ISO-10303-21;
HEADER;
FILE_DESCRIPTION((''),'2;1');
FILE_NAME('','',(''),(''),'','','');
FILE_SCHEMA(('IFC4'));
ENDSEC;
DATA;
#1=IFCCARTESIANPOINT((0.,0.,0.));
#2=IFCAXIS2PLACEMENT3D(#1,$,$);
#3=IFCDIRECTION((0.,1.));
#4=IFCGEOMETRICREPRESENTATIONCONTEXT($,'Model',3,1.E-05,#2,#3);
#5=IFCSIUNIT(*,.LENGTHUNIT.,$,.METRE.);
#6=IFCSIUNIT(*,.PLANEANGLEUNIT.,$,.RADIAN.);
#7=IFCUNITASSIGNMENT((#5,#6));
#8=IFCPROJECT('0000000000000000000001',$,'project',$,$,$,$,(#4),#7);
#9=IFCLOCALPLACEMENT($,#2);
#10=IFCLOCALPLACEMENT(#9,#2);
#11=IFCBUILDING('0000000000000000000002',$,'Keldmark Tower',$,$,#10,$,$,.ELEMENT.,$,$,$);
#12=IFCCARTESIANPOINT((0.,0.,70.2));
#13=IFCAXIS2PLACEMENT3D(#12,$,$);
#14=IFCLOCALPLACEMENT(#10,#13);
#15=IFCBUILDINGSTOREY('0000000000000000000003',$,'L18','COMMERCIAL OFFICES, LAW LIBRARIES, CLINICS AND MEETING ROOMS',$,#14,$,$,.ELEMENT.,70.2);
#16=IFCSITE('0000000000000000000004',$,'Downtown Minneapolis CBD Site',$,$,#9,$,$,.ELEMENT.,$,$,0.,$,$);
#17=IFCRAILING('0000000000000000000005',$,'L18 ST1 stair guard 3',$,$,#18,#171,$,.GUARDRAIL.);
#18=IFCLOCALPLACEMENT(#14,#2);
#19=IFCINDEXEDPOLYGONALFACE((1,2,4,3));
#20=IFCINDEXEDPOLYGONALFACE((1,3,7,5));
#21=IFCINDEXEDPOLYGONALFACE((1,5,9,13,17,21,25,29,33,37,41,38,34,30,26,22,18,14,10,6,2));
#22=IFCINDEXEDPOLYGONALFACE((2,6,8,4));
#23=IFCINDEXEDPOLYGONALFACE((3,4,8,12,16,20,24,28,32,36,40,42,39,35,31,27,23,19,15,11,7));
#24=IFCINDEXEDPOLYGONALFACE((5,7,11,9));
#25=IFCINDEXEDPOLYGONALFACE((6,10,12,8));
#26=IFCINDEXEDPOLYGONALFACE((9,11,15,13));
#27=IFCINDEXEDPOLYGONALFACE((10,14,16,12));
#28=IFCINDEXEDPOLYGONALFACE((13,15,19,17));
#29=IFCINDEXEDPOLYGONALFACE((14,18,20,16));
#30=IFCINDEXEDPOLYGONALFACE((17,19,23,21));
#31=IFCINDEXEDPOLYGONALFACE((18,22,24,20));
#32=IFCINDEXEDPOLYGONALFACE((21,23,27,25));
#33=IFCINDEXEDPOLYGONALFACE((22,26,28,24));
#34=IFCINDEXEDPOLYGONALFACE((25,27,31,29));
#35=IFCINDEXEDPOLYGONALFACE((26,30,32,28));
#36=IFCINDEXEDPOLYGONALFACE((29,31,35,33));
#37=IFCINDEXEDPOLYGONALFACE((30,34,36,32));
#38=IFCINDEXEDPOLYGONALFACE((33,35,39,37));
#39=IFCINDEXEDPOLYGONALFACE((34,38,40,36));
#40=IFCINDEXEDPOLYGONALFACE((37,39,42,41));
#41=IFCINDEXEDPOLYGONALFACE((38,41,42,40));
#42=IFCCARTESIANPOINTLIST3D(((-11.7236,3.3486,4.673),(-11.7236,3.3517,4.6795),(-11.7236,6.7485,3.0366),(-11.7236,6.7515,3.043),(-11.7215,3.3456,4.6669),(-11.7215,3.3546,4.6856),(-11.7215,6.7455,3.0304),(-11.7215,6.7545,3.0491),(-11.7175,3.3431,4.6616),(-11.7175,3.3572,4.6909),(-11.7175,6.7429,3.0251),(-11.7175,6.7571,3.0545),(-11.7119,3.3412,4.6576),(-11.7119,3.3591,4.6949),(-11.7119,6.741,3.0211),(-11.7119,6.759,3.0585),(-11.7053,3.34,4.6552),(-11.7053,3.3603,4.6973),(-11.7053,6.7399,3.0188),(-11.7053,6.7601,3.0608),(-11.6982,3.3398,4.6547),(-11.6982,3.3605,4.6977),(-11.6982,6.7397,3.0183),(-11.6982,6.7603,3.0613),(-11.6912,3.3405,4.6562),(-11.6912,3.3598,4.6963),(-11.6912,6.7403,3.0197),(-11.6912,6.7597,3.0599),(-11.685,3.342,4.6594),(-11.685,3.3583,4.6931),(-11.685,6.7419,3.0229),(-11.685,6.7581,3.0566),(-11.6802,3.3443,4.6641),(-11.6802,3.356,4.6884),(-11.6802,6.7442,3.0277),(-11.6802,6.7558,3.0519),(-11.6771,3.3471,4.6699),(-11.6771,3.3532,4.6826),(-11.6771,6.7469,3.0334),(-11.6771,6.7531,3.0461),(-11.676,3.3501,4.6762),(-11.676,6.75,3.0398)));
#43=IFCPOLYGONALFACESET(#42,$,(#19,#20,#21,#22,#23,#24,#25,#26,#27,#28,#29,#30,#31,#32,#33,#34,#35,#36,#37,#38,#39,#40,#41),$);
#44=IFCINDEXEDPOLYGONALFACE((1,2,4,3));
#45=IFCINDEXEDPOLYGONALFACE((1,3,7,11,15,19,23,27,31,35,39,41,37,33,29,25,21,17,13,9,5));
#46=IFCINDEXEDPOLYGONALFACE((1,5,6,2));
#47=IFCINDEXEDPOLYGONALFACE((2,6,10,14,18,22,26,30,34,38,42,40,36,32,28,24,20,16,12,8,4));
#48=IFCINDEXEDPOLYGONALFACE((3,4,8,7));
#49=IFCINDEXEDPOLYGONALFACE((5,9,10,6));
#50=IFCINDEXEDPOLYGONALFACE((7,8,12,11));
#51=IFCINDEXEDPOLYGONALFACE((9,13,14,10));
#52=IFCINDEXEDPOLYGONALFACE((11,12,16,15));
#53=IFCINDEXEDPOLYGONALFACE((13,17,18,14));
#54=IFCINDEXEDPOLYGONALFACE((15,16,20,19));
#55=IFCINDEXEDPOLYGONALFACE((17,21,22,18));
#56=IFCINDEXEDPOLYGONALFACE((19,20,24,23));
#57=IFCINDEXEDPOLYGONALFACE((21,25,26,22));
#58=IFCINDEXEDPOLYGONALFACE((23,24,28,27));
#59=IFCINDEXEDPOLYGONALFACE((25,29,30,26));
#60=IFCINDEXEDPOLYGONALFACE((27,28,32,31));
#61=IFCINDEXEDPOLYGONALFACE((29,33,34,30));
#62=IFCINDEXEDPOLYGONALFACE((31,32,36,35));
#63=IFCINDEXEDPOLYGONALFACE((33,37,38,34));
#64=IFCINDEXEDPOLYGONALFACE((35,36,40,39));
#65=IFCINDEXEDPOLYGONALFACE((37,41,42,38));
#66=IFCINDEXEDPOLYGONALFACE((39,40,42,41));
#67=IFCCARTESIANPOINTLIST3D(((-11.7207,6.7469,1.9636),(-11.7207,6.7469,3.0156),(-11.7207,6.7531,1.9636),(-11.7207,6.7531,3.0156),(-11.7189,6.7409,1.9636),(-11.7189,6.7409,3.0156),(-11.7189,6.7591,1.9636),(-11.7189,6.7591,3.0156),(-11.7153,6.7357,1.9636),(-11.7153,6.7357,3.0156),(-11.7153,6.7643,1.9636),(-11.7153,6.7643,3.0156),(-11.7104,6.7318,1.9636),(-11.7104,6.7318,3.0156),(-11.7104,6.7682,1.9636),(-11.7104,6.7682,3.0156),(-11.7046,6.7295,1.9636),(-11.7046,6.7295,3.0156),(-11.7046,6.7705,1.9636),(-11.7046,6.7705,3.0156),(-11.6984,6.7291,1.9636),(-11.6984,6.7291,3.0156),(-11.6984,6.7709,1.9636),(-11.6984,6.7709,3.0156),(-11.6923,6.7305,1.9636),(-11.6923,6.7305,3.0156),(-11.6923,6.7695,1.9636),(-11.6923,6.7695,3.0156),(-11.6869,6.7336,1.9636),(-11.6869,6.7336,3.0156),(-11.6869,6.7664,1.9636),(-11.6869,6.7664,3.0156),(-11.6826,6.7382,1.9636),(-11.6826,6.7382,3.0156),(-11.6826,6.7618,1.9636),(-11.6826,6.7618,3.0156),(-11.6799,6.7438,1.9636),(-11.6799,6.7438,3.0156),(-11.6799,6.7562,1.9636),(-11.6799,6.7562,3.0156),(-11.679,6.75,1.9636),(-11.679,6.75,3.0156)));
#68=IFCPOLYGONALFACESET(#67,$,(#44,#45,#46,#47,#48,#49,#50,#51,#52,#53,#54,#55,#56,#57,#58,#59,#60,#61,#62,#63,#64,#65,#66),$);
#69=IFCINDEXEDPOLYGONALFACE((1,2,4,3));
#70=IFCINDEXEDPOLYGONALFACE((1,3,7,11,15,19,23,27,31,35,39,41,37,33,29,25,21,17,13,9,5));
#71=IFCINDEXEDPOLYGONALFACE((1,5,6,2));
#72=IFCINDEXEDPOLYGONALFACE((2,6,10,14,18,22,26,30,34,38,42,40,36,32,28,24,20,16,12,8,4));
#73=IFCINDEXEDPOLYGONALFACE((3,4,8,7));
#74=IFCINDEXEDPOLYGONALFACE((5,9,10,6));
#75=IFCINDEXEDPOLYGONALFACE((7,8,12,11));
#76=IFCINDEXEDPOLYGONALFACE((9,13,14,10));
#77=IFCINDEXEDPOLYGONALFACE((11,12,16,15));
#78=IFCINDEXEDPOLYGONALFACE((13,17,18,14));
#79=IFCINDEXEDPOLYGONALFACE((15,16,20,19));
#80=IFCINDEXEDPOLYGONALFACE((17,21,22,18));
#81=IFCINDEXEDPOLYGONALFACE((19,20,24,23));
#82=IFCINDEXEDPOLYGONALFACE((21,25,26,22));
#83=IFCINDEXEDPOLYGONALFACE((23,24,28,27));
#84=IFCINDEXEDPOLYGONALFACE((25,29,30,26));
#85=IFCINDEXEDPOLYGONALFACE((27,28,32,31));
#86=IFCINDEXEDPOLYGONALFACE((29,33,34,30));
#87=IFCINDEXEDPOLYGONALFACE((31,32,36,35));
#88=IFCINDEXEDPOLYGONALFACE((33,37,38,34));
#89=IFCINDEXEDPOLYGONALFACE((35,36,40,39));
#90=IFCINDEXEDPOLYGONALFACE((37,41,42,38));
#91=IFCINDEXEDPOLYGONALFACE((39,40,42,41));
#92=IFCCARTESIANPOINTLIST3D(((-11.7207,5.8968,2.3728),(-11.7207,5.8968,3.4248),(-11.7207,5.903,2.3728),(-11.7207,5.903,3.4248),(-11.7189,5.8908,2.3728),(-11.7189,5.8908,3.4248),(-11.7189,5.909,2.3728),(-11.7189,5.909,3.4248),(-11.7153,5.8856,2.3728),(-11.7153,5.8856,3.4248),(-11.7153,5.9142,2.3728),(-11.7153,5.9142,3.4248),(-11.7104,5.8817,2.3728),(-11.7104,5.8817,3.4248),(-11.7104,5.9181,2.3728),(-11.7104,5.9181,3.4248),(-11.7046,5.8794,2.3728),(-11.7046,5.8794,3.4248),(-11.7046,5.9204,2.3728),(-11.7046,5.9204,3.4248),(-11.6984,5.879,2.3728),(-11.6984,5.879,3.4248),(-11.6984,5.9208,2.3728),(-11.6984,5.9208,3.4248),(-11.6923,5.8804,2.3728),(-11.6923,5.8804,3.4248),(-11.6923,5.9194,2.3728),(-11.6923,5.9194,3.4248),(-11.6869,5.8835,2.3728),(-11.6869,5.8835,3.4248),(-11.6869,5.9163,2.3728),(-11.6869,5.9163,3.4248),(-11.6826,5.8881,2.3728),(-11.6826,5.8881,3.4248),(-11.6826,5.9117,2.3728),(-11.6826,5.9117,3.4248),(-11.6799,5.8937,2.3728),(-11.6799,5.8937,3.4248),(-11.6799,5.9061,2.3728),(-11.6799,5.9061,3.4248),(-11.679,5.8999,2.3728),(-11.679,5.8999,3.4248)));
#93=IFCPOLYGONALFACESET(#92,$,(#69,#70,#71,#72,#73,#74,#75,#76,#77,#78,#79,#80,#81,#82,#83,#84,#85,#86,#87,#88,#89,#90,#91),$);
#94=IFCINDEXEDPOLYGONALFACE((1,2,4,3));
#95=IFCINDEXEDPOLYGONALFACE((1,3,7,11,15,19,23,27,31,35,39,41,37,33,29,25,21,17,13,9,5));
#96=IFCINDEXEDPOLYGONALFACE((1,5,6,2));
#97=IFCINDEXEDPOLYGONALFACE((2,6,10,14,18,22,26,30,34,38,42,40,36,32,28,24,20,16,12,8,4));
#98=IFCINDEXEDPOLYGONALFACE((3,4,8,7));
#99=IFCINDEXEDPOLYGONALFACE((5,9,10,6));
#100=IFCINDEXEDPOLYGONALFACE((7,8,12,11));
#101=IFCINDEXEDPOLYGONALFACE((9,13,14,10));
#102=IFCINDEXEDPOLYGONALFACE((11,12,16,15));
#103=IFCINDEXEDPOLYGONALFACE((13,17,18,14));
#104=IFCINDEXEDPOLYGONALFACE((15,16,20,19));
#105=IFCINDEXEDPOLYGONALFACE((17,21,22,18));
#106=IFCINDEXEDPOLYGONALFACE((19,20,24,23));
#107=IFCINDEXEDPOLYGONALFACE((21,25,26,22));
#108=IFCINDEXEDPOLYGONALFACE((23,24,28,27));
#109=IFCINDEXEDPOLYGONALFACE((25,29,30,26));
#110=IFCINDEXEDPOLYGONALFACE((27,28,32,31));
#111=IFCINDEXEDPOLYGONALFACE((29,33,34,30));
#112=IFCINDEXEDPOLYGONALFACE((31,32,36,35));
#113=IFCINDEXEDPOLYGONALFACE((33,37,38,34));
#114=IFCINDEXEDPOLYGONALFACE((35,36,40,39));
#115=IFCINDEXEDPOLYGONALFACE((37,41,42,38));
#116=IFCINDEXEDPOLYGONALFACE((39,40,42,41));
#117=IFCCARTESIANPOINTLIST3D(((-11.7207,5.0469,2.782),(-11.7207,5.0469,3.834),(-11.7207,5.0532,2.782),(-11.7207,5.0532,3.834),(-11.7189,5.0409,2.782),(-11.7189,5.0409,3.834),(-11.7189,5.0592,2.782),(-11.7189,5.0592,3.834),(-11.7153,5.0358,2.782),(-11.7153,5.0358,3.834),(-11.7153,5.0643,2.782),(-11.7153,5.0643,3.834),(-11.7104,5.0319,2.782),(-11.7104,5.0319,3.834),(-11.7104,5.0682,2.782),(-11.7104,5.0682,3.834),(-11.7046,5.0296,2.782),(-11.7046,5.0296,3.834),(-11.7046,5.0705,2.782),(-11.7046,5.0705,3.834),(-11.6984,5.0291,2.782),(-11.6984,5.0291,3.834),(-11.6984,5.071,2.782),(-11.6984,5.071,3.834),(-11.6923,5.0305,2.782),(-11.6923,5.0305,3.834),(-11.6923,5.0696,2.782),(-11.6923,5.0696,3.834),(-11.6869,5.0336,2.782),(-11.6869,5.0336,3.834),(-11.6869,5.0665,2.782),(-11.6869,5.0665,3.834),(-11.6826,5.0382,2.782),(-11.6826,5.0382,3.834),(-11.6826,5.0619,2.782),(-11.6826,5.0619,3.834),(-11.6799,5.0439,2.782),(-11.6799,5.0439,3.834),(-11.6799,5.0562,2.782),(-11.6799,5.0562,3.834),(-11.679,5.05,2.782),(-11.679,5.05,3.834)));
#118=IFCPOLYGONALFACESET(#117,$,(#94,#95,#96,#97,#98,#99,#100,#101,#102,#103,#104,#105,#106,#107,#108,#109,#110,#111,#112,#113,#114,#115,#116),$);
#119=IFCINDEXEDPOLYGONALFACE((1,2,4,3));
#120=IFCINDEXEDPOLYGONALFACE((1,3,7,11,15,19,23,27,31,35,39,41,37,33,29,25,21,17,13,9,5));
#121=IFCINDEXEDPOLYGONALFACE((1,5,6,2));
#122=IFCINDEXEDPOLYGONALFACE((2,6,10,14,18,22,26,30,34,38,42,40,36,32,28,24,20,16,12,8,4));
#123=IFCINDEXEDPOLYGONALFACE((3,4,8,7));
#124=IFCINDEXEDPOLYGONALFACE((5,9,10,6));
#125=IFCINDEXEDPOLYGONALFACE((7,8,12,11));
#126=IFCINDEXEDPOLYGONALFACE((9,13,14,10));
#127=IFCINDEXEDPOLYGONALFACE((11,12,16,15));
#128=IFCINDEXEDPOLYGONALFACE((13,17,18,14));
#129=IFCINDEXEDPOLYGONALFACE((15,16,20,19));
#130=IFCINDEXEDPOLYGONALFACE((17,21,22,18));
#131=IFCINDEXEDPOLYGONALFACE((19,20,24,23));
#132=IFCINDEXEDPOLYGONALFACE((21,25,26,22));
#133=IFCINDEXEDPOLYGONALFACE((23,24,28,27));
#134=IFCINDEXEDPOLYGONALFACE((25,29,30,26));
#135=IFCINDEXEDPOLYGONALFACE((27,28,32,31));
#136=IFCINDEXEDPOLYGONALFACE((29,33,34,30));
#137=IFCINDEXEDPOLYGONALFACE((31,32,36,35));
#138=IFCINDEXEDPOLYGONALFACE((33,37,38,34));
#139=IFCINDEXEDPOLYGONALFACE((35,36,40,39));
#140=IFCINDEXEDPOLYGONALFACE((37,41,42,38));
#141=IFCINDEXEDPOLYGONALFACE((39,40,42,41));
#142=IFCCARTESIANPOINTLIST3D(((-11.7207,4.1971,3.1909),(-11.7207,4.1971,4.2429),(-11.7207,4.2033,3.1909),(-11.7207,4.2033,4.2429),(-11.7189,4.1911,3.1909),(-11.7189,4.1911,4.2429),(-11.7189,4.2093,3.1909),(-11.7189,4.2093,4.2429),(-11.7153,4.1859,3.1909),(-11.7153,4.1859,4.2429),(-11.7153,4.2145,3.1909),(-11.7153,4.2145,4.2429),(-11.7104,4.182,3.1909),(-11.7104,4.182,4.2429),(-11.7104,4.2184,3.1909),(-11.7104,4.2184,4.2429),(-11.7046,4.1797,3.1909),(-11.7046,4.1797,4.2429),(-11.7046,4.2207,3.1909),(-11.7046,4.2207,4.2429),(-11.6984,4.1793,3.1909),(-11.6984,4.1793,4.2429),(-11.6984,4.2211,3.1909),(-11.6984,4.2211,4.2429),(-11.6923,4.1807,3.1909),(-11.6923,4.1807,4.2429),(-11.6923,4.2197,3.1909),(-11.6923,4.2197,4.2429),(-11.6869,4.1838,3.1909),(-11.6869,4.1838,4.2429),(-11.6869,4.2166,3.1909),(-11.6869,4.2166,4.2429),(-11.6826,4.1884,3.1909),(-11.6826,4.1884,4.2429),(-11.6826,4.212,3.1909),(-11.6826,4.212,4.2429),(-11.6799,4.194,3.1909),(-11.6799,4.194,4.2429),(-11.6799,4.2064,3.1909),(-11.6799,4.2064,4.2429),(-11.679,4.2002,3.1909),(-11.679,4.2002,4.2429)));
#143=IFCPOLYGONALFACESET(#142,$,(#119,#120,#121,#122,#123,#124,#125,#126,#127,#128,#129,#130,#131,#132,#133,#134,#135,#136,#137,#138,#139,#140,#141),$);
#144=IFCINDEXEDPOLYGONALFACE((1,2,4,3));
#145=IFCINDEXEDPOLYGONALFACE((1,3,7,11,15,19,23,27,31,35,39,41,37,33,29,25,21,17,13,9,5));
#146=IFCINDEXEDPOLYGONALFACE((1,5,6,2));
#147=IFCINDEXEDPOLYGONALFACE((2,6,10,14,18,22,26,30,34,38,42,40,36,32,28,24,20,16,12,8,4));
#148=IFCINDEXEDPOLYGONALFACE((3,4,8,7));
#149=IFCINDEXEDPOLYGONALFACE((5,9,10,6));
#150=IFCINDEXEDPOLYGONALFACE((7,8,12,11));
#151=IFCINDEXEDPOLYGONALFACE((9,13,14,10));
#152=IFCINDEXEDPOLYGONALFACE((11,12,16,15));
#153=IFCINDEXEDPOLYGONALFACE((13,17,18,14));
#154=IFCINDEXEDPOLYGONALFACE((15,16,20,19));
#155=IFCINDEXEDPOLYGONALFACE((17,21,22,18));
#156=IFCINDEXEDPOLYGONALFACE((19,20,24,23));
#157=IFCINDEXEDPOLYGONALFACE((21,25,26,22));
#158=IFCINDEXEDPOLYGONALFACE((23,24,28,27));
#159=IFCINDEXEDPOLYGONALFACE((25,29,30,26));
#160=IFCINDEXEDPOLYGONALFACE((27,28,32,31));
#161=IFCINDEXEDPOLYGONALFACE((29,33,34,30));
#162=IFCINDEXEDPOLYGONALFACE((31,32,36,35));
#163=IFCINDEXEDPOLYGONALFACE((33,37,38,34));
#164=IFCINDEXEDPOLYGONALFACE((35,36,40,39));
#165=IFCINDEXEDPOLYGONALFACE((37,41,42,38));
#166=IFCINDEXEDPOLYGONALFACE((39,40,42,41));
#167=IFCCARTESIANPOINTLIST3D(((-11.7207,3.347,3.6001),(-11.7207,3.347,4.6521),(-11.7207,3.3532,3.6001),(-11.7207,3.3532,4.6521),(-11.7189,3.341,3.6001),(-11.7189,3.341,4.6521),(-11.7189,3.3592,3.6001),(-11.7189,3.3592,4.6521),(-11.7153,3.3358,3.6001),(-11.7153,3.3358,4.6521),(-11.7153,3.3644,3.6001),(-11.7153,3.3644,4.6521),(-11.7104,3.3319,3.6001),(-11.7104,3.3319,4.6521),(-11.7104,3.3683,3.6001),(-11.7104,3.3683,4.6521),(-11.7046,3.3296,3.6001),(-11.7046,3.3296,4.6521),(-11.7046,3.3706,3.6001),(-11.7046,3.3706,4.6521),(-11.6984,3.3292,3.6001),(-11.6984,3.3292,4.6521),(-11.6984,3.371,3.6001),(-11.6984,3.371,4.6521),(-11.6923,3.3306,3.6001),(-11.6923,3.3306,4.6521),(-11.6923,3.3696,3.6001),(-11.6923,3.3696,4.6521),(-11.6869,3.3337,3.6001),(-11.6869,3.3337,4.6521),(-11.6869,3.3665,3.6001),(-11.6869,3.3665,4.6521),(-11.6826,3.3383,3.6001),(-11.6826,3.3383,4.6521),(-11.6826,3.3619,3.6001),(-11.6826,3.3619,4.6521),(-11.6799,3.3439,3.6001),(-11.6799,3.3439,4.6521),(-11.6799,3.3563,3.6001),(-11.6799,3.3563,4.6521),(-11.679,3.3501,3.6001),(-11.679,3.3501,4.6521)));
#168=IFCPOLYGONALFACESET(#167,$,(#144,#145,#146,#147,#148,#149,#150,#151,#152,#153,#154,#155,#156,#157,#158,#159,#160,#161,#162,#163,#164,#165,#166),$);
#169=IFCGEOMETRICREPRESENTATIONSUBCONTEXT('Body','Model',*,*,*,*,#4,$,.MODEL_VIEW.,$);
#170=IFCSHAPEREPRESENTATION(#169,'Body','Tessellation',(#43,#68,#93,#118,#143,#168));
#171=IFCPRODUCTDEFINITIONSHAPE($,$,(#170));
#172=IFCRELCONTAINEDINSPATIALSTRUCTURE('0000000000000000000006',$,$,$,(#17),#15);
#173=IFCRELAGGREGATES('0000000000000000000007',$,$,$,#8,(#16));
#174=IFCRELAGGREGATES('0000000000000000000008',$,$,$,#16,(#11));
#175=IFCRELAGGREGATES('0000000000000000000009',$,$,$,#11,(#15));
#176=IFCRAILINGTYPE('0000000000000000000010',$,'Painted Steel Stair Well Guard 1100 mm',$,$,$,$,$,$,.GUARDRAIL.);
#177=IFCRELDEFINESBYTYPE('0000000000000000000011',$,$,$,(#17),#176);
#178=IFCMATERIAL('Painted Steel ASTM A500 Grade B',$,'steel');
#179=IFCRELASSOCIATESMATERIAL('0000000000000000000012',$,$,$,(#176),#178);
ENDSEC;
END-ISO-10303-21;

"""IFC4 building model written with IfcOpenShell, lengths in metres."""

from ifc_helpers import new_model, si_unit, direction, frame, origin, origin_2d, place, context, subcontext, project, spatial, circle, extrude, material, type_object, element, save


model = new_model("IFC4")

# Units and contexts
model_context = context("Model", 3, precision=1e-05, world=origin(), true_north=direction((0.0, 1.0)))
body_context = subcontext(model_context, "Body", "Model", "MODEL_VIEW")
ifc_project = project(units=[si_unit("LENGTHUNIT", "METRE"), si_unit("PLANEANGLEUNIT", "RADIAN")], contexts=[model_context])

# Site, building, storey
site_placement = place(None, origin())
site = spatial("IfcSite", under=ifc_project, at=site_placement, Name="Downtown Minneapolis CBD Site", CompositionType="ELEMENT", RefElevation=0.0)
building_placement = place(site_placement, origin())
building = spatial("IfcBuilding", under=site, at=building_placement, Name="Keldmark Tower", CompositionType="ELEMENT")
storey_placement = place(building_placement, frame((0.0, 0.0, 70.2)))
storey = spatial("IfcBuildingStorey", under=building, at=storey_placement, Name="L18", Description="COMMERCIAL OFFICES, LAW LIBRARIES, CLINICS AND MEETING ROOMS", CompositionType="ELEMENT", Elevation=70.2)

# Railing
ifc_material_1 = material(Name="Painted Steel ASTM A500 Grade B", Category="steel")
railing_type_1 = type_object("IfcRailingType", Name="Painted Steel Stair Well Guard 1100 mm", PredefinedType="GUARDRAIL", material=ifc_material_1)
railing_1_placement = place(storey_placement, frame((-11.7, 6.75, 1.9636)))
element("IfcRailing", 1, at=railing_1_placement, inside=storey, type_object=railing_type_1, Name="L18 ST1 stair guard 3", PredefinedType="GUARDRAIL", context=body_context, shape_type="SweptSolid", body=[
    extrude(circle(Radius=0.0239, at=origin_2d()), frame((0.0, 0.0, 1.0762), z_axis=(0.0, -0.901055, 0.433705), x_axis=(1.0, 0.0, 0.0)), (0.0, 0.0, 1.0), 3.7732),
    extrude(circle(Radius=0.021, at=origin_2d()), origin(), (0.0, 0.0, 1.0), 1.052),
    extrude(circle(Radius=0.021, at=origin_2d()), frame((0.0, -0.8501, 0.4092)), (0.0, 0.0, 1.0), 1.052),
    extrude(circle(Radius=0.021, at=origin_2d()), frame((0.0, -1.7, 0.8184)), (0.0, 0.0, 1.0), 1.052),
    extrude(circle(Radius=0.021, at=origin_2d()), frame((0.0, -2.5498, 1.2273)), (0.0, 0.0, 1.0), 1.052),
    extrude(circle(Radius=0.021, at=origin_2d()), frame((0.0, -3.3999, 1.6365)), (0.0, 0.0, 1.0), 1.052),
])

save(model, "model.ifc")
